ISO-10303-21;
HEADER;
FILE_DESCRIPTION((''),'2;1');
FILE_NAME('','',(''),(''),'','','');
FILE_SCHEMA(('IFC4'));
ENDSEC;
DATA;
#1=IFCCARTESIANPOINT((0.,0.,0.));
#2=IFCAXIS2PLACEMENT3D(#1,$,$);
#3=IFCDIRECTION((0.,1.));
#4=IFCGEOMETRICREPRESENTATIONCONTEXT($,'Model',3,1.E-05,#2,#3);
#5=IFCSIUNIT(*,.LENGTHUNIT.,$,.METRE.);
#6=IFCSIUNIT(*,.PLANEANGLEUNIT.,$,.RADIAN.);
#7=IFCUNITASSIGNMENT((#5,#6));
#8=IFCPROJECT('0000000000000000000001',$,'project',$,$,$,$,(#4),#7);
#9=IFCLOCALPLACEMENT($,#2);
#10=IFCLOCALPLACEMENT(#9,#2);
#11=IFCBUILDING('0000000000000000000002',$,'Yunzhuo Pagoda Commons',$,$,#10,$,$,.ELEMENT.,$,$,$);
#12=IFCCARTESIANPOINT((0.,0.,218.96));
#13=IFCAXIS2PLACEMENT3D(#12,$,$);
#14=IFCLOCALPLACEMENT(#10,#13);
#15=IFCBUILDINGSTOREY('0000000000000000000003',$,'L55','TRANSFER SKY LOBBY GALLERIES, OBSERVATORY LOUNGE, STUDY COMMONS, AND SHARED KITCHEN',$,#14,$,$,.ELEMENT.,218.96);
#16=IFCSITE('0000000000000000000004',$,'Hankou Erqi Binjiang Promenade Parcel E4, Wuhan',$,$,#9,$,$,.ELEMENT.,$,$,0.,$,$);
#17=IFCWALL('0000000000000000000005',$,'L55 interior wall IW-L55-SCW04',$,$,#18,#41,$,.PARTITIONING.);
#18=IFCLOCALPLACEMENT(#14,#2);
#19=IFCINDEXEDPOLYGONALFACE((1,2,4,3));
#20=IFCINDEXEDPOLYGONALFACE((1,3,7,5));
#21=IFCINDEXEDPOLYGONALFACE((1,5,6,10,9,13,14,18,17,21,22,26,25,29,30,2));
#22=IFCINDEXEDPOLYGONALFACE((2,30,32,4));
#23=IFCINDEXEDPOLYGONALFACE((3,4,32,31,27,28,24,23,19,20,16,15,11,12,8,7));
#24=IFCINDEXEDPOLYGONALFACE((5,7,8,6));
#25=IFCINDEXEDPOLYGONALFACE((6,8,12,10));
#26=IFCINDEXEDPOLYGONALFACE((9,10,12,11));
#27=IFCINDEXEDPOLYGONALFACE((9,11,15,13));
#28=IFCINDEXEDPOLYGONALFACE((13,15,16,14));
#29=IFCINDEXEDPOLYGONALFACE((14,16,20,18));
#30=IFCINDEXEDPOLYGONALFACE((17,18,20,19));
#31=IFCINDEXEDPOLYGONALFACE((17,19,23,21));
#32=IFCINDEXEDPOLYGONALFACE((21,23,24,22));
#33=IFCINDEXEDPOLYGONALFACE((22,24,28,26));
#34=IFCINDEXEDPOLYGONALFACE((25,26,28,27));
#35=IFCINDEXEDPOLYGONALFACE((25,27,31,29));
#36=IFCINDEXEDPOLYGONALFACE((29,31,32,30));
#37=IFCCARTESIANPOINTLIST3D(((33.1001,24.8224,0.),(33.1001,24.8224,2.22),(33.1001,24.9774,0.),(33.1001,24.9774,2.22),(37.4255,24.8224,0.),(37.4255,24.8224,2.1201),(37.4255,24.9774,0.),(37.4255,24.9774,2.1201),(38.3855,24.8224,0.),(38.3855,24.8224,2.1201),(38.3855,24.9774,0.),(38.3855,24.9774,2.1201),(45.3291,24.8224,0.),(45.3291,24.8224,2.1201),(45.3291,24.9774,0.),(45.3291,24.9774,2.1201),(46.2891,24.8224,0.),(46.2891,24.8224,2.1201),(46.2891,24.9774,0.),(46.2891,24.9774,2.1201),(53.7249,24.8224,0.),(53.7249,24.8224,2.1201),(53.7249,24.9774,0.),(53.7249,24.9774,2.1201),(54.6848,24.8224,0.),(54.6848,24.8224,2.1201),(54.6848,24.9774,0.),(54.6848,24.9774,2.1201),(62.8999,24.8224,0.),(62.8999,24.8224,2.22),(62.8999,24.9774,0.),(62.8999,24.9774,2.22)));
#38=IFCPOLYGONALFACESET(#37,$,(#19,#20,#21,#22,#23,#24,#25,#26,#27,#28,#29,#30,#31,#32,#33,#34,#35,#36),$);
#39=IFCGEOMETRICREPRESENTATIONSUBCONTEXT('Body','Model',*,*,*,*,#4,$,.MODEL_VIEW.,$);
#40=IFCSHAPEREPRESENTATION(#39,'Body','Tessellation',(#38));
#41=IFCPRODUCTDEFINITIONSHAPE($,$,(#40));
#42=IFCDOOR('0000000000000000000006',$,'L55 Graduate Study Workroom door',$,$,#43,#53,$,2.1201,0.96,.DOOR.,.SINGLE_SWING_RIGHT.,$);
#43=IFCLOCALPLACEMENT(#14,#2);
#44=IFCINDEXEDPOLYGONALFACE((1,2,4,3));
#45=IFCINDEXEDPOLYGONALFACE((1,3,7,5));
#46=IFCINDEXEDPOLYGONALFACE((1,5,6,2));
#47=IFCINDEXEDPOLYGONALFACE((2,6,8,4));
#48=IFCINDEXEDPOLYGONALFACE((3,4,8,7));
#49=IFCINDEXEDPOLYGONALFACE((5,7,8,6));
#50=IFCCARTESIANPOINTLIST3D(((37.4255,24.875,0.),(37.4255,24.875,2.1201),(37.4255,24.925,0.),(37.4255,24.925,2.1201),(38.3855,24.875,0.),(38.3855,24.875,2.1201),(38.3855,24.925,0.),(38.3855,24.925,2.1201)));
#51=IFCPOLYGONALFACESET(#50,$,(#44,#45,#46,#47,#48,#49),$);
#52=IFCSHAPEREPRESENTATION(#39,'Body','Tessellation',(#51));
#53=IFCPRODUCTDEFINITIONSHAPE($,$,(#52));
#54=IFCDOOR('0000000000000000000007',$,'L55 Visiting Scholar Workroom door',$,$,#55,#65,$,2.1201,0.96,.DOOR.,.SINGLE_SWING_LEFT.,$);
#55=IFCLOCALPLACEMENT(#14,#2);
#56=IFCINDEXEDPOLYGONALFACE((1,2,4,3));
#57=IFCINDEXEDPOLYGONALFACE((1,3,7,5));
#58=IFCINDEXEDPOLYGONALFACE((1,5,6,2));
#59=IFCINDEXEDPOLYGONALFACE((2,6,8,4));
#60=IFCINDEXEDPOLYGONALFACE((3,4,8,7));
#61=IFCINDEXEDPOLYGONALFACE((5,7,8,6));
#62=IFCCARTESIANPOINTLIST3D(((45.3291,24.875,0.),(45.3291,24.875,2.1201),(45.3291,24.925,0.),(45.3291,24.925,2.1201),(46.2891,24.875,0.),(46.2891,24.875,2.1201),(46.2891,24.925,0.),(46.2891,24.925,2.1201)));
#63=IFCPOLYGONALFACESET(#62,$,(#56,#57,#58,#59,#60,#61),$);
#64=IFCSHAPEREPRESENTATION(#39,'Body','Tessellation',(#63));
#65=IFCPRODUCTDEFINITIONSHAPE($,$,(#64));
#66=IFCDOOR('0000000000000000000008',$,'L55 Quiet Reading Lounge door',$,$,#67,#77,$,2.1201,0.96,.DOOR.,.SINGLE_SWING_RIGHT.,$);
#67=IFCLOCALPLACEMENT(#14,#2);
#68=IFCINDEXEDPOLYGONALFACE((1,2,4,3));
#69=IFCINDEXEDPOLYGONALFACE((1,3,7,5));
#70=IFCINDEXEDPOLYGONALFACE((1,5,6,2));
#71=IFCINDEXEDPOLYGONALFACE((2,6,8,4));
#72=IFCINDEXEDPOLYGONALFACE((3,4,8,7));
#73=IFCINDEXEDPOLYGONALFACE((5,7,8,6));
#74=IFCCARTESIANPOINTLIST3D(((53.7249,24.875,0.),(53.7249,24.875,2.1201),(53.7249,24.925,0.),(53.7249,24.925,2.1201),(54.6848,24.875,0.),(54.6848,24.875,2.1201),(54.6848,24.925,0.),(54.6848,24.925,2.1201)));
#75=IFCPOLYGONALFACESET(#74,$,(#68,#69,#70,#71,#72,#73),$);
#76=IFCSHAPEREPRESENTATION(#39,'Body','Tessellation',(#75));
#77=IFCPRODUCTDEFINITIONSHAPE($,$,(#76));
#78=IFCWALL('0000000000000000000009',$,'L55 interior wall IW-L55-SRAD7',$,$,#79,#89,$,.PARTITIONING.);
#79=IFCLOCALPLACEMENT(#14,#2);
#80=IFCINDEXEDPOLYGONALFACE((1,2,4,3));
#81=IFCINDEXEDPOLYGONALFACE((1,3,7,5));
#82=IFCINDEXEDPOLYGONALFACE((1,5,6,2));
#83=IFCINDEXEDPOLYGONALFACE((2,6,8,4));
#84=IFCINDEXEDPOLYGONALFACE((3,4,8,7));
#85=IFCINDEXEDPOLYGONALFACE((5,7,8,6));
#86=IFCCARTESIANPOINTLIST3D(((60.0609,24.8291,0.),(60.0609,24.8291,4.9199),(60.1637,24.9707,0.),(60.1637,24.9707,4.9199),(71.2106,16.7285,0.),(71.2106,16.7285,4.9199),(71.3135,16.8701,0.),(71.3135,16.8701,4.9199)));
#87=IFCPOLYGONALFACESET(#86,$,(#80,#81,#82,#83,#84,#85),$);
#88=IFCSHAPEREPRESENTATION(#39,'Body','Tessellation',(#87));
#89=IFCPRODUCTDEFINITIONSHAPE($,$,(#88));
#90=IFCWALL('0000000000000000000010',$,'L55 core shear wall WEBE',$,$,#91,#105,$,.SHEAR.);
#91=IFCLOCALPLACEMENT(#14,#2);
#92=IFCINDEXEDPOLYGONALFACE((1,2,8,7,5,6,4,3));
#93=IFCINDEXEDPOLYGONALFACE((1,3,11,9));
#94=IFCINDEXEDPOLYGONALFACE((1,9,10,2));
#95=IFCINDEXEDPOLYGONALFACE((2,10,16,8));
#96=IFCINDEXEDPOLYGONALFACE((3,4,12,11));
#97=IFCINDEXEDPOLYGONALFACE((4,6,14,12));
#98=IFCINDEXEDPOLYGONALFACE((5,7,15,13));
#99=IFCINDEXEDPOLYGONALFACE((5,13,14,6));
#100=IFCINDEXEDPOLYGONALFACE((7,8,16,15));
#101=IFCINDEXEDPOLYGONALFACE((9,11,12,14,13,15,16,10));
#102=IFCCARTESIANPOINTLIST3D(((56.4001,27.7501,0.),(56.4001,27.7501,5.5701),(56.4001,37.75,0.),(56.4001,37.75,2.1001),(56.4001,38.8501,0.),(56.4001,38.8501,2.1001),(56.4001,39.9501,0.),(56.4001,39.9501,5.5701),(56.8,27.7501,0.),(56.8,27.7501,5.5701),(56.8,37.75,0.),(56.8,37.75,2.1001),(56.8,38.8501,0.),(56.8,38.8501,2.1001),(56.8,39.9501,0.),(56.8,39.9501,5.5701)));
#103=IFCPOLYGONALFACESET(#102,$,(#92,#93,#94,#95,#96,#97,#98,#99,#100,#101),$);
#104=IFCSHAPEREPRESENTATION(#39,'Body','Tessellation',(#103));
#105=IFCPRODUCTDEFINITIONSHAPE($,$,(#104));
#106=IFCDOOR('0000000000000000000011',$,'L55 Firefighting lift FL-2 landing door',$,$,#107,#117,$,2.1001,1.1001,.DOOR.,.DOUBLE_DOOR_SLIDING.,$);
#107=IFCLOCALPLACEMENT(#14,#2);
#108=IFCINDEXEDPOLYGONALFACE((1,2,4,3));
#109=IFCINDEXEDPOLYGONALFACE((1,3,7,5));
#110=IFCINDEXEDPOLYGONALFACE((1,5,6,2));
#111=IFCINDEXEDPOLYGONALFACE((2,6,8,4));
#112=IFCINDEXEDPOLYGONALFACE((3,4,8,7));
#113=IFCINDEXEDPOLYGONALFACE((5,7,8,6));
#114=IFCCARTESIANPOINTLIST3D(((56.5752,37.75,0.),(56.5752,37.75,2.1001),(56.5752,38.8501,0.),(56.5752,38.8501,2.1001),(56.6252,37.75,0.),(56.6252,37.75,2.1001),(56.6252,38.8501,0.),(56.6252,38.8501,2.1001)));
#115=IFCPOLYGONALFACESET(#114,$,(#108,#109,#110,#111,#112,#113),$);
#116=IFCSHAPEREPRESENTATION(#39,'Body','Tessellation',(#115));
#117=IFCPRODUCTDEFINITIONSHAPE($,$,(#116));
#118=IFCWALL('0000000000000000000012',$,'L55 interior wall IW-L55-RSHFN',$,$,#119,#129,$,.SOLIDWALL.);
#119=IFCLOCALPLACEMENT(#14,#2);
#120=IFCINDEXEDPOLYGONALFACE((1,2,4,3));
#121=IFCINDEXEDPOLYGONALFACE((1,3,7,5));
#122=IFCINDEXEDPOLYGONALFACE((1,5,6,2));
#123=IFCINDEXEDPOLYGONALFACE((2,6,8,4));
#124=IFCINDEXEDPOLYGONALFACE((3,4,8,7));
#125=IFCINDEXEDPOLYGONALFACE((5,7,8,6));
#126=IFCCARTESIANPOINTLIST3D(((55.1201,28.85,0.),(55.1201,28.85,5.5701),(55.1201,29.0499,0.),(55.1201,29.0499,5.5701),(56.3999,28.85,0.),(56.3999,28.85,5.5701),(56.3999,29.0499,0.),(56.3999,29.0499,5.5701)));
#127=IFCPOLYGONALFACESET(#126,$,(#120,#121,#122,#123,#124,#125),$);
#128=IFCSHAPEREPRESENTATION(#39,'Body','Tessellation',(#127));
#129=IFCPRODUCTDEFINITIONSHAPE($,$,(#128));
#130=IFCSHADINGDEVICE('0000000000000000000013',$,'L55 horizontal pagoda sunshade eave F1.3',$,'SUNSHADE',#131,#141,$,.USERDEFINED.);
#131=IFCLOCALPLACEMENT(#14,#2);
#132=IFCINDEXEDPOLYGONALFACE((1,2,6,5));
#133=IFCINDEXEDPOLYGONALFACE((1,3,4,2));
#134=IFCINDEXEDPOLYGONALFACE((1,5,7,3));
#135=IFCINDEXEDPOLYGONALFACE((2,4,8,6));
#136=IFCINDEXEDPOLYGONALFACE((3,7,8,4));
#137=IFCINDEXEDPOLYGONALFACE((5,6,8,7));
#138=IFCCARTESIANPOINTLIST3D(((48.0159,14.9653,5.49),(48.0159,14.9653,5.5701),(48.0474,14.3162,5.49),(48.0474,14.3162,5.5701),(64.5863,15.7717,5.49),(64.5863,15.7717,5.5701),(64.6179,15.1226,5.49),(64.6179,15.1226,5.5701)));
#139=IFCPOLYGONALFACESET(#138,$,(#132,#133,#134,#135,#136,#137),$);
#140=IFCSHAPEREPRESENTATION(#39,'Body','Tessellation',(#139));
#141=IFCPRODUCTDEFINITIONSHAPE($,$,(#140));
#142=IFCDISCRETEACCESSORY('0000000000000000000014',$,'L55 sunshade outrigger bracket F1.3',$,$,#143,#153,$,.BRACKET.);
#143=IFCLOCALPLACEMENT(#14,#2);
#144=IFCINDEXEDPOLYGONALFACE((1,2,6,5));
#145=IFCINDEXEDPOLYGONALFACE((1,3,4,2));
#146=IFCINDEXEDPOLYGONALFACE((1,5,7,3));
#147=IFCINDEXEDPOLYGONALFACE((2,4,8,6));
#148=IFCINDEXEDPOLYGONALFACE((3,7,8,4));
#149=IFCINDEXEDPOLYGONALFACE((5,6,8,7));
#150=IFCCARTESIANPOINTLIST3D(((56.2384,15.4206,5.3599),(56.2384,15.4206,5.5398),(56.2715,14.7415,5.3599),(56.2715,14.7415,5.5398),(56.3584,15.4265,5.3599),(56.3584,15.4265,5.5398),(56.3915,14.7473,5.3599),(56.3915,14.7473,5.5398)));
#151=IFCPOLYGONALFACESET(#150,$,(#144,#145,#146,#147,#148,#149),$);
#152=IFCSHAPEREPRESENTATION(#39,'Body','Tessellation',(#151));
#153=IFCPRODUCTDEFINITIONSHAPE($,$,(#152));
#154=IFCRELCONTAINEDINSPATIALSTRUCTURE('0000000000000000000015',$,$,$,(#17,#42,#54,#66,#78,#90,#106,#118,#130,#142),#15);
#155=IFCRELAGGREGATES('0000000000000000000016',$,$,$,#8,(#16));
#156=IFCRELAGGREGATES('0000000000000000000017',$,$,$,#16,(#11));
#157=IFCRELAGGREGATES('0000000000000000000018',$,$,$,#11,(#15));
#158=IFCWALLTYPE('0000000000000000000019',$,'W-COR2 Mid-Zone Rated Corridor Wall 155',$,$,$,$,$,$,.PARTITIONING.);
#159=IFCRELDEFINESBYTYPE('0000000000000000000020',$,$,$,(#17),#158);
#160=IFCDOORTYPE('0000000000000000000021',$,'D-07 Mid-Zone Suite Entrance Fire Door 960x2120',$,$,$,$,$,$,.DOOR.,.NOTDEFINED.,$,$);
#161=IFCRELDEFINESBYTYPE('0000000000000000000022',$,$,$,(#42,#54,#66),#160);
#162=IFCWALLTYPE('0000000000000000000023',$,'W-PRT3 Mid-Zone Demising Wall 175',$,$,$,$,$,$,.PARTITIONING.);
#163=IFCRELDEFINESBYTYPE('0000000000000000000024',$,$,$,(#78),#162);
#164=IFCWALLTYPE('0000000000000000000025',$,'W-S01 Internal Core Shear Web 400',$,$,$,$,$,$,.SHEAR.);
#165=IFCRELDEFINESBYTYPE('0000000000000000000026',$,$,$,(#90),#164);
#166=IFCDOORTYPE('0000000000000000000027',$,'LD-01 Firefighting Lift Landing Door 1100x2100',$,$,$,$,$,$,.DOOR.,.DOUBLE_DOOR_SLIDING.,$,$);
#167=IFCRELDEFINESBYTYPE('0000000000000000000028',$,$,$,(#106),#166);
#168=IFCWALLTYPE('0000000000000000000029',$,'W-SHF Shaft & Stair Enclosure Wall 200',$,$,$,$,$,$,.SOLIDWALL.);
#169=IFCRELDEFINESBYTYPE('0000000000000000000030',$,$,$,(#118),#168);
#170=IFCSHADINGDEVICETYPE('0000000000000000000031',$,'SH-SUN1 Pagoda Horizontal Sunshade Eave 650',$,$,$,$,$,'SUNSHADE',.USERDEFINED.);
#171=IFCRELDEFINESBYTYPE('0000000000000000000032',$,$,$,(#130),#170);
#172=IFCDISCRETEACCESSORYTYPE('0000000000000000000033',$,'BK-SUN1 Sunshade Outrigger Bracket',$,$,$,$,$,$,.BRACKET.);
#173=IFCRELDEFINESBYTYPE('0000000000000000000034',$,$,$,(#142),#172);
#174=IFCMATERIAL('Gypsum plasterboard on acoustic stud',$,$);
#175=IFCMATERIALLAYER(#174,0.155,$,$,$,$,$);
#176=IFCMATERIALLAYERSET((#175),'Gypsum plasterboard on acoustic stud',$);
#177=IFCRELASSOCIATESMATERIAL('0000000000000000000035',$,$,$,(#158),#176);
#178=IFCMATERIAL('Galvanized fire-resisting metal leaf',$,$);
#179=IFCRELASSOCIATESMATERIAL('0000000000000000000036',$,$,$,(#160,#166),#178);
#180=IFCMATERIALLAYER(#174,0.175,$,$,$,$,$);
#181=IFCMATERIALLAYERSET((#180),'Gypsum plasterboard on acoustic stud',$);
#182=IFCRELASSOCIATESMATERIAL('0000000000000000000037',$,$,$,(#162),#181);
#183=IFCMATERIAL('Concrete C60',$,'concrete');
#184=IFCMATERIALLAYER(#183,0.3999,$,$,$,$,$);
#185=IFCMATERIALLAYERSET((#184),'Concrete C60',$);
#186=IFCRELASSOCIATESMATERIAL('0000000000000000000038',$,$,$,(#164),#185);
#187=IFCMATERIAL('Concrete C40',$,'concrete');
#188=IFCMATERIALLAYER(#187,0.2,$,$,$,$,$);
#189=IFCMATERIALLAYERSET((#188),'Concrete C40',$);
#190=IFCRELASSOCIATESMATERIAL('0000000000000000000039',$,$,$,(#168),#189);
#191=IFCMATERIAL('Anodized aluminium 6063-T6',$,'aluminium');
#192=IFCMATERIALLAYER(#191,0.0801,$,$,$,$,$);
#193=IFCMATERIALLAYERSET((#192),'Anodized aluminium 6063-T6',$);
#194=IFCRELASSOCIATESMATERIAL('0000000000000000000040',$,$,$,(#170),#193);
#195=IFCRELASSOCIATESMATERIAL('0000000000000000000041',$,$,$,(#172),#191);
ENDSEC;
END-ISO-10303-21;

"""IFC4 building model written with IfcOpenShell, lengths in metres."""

from ifc_helpers import new_model, si_unit, direction, frame, frame_2d, origin, origin_with_axes, origin_2d, place, context, subcontext, project, spatial, rectangle, extrude, source, transform, mapped, material, layer, layer_set, type_object, element, fill, save


model = new_model("IFC4")

# Units and contexts
model_context = context("Model", 3, precision=1e-05, world=origin(), true_north=direction((0.0, 1.0)))
body_context = subcontext(model_context, "Body", "Model", "MODEL_VIEW")
ifc_project = project(units=[si_unit("LENGTHUNIT", "METRE"), si_unit("PLANEANGLEUNIT", "RADIAN")], contexts=[model_context])

# Site, building, storey
site_placement = place(None, origin())
site = spatial("IfcSite", under=ifc_project, at=site_placement, Name="Hankou Erqi Binjiang Promenade Parcel E4, Wuhan", CompositionType="ELEMENT", RefElevation=0.0)
building_placement = place(site_placement, origin())
building = spatial("IfcBuilding", under=site, at=building_placement, Name="Yunzhuo Pagoda Commons", CompositionType="ELEMENT")
storey_placement = place(building_placement, frame((0.0, 0.0, 218.96)))
storey = spatial("IfcBuildingStorey", under=building, at=storey_placement, Name="L55", Description="TRANSFER SKY LOBBY GALLERIES, OBSERVATORY LOUNGE, STUDY COMMONS, AND SHARED KITCHEN", CompositionType="ELEMENT", Elevation=218.96)

# Shared definitions
ifc_material_1 = material(Name="Anodized aluminium 6063-T6", Category="aluminium")

# Wall, openings, doors
ifc_material_2 = material(Name="Gypsum plasterboard on acoustic stud")
ifc_layer_1 = layer(ifc_material_2, 0.155)
ifc_layer_set_1 = layer_set([ifc_layer_1], Name="Gypsum plasterboard on acoustic stud")
wall_type_1 = type_object("IfcWallType", Name="W-COR2 Mid-Zone Rated Corridor Wall 155", PredefinedType="PARTITIONING", material=ifc_layer_set_1)
wall_1_placement = place(storey_placement, frame((62.8999, 24.8999, 0.0), z_axis=(0.0, 0.0, 1.0), x_axis=(-1.0, 0.0, 0.0)))
wall_1 = element("IfcWall", 1, at=wall_1_placement, inside=storey, type_object=wall_type_1, Name="L55 interior wall IW-L55-SCW04", PredefinedType="PARTITIONING", context=body_context, shape_type="SweptSolid", body=[
    extrude(rectangle(XDim=29.7998, YDim=0.155, at=frame_2d((14.8999, 0.0))), origin(), (0.0, 0.0, 1.0), 2.22),
])
opening_1_placement = place(wall_1_placement, frame((24.5144, 0.0, 0.0)))
opening_1 = element("IfcOpeningElement", 2, at=opening_1_placement, cuts=wall_1, PredefinedType="OPENING", context=body_context, shape_type="SweptSolid", body=[
    extrude(rectangle(XDim=0.96, YDim=2.1201, at=frame_2d((0.48, 1.0601))), frame((0.0, 0.0874, 0.0), z_axis=(0.0, -1.0, 0.0), x_axis=(1.0, 0.0, 0.0)), (0.0, 0.0, 1.0), 0.175),
])
opening_2_placement = place(wall_1_placement, frame((16.6108, 0.0, 0.0)))
opening_2 = element("IfcOpeningElement", 3, at=opening_2_placement, cuts=wall_1, PredefinedType="OPENING", context=body_context, shape_type="SweptSolid", body=[
    extrude(rectangle(XDim=0.96, YDim=2.1201, at=frame_2d((0.48, 1.0601))), frame((0.0, 0.0874, 0.0), z_axis=(0.0, -1.0, 0.0), x_axis=(1.0, 0.0, 0.0)), (0.0, 0.0, 1.0), 0.175),
])
opening_3_placement = place(wall_1_placement, frame((8.2151, 0.0, 0.0)))
opening_3 = element("IfcOpeningElement", 4, at=opening_3_placement, cuts=wall_1, PredefinedType="OPENING", context=body_context, shape_type="SweptSolid", body=[
    extrude(rectangle(XDim=0.96, YDim=2.1201, at=frame_2d((0.48, 1.0601))), frame((0.0, 0.0874, 0.0), z_axis=(0.0, -1.0, 0.0), x_axis=(1.0, 0.0, 0.0)), (0.0, 0.0, 1.0), 0.175),
])
ifc_material_3 = material(Name="Galvanized fire-resisting metal leaf")
door_type_1 = type_object("IfcDoorType", Name="D-07 Mid-Zone Suite Entrance Fire Door 960x2120", OperationType="NOTDEFINED", PredefinedType="DOOR", material=ifc_material_3)
shared_shape_1 = source(origin(), body_context, "Body", "SweptSolid", [
    extrude(rectangle(XDim=0.96, YDim=2.1201, at=frame_2d((0.48, 1.0601))), frame((0.0, 0.0249, 0.0), z_axis=(0.0, -1.0, 0.0), x_axis=(1.0, 0.0, 0.0)), (0.0, 0.0, 1.0), 0.05),
])
door_1_placement = place(opening_1_placement, origin_with_axes())
door_1 = element("IfcDoor", 5, at=door_1_placement, inside=storey, type_object=door_type_1, Name="L55 Graduate Study Workroom door", OperationType="SINGLE_SWING_RIGHT", OverallHeight=2.1201, OverallWidth=0.96, PredefinedType="DOOR", context=body_context, shape_type="MappedRepresentation", body=[
    mapped(shared_shape_1, transform((0.0, 0.0, 0.0), scale=1.0)),
])
fill(opening_1, door_1)
door_2_placement = place(opening_2_placement, origin_with_axes())
door_2 = element("IfcDoor", 6, at=door_2_placement, inside=storey, type_object=door_type_1, Name="L55 Visiting Scholar Workroom door", OperationType="SINGLE_SWING_LEFT", OverallHeight=2.1201, OverallWidth=0.96, PredefinedType="DOOR", context=body_context, shape_type="MappedRepresentation", body=[
    mapped(shared_shape_1, transform((0.0, 0.0, 0.0), scale=1.0)),
])
fill(opening_2, door_2)
door_3_placement = place(opening_3_placement, origin_with_axes())
door_3 = element("IfcDoor", 7, at=door_3_placement, inside=storey, type_object=door_type_1, Name="L55 Quiet Reading Lounge door", OperationType="SINGLE_SWING_RIGHT", OverallHeight=2.1201, OverallWidth=0.96, PredefinedType="DOOR", context=body_context, shape_type="MappedRepresentation", body=[
    mapped(shared_shape_1, transform((0.0, 0.0, 0.0), scale=1.0)),
])
fill(opening_3, door_3)

# Wall
ifc_layer_2 = layer(ifc_material_2, 0.175)
ifc_layer_set_2 = layer_set([ifc_layer_2], Name="Gypsum plasterboard on acoustic stud")
wall_type_2 = type_object("IfcWallType", Name="W-PRT3 Mid-Zone Demising Wall 175", PredefinedType="PARTITIONING", material=ifc_layer_set_2)
wall_2_placement = place(storey_placement, frame((60.1123, 24.8999, 0.0), z_axis=(0.0, 0.0, 1.0), x_axis=(0.809021, -0.58778, 0.0)))
element("IfcWall", 8, at=wall_2_placement, inside=storey, type_object=wall_type_2, Name="L55 interior wall IW-L55-SRAD7", PredefinedType="PARTITIONING", context=body_context, shape_type="SweptSolid", body=[
    extrude(rectangle(XDim=13.7817, YDim=0.175, at=frame_2d((6.8909, 0.0))), origin(), (0.0, 0.0, 1.0), 4.9199),
])

# Wall, opening, door
ifc_material_4 = material(Name="Concrete C60", Category="concrete")
ifc_layer_3 = layer(ifc_material_4, 0.3999)
ifc_layer_set_3 = layer_set([ifc_layer_3], Name="Concrete C60")
wall_type_3 = type_object("IfcWallType", Name="W-S01 Internal Core Shear Web 400", PredefinedType="SHEAR", material=ifc_layer_set_3)
wall_3_placement = place(storey_placement, frame((56.6001, 27.75, 0.0), z_axis=(0.0, 0.0, 1.0), x_axis=(0.0, 1.0, 0.0)))
wall_3 = element("IfcWall", 9, at=wall_3_placement, inside=storey, type_object=wall_type_3, Name="L55 core shear wall WEBE", PredefinedType="SHEAR", context=body_context, shape_type="SweptSolid", body=[
    extrude(rectangle(XDim=12.2, YDim=0.3999, at=frame_2d((6.1001, 0.0))), origin(), (0.0, 0.0, 1.0), 5.5701),
])
opening_4_placement = place(wall_3_placement, frame((10.0, 0.0, 0.0)))
opening_4 = element("IfcOpeningElement", 10, at=opening_4_placement, cuts=wall_3, PredefinedType="OPENING", context=body_context, shape_type="SweptSolid", body=[
    extrude(rectangle(XDim=1.1001, YDim=2.1001, at=frame_2d((0.55, 1.05))), frame((0.0, 0.21, 0.0), z_axis=(0.0, -1.0, 0.0), x_axis=(1.0, 0.0, 0.0)), (0.0, 0.0, 1.0), 0.4199),
])
door_type_2 = type_object("IfcDoorType", Name="LD-01 Firefighting Lift Landing Door 1100x2100", OperationType="DOUBLE_DOOR_SLIDING", PredefinedType="DOOR", material=ifc_material_3)
shared_shape_2 = source(origin(), body_context, "Body", "SweptSolid", [
    extrude(rectangle(XDim=1.1001, YDim=2.1001, at=frame_2d((0.55, 1.05))), frame((0.0, 0.0249, 0.0), z_axis=(0.0, -1.0, 0.0), x_axis=(1.0, 0.0, 0.0)), (0.0, 0.0, 1.0), 0.05),
])
door_4_placement = place(opening_4_placement, origin_with_axes())
door_4 = element("IfcDoor", 11, at=door_4_placement, inside=storey, type_object=door_type_2, Name="L55 Firefighting lift FL-2 landing door", OperationType="DOUBLE_DOOR_SLIDING", OverallHeight=2.1001, OverallWidth=1.1001, PredefinedType="DOOR", context=body_context, shape_type="MappedRepresentation", body=[
    mapped(shared_shape_2, transform((0.0, 0.0, 0.0), scale=1.0)),
])
fill(opening_4, door_4)

# Wall
ifc_material_5 = material(Name="Concrete C40", Category="concrete")
ifc_layer_4 = layer(ifc_material_5, 0.2)
ifc_layer_set_4 = layer_set([ifc_layer_4], Name="Concrete C40")
wall_type_4 = type_object("IfcWallType", Name="W-SHF Shaft & Stair Enclosure Wall 200", PredefinedType="SOLIDWALL", material=ifc_layer_set_4)
wall_4_placement = place(storey_placement, frame((55.1201, 28.95, 0.0), z_axis=(0.0, 0.0, 1.0), x_axis=(1.0, 0.0, 0.0)))
element("IfcWall", 12, at=wall_4_placement, inside=storey, type_object=wall_type_4, Name="L55 interior wall IW-L55-RSHFN", PredefinedType="SOLIDWALL", context=body_context, shape_type="SweptSolid", body=[
    extrude(rectangle(XDim=1.2798, YDim=0.2, at=frame_2d((0.6399, 0.0))), origin(), (0.0, 0.0, 1.0), 5.5701),
])

# Shading device
ifc_layer_5 = layer(ifc_material_1, 0.0801)
ifc_layer_set_5 = layer_set([ifc_layer_5], Name="Anodized aluminium 6063-T6")
shading_device_type = type_object("IfcShadingDeviceType", Name="SH-SUN1 Pagoda Horizontal Sunshade Eave 650", ElementType="SUNSHADE", PredefinedType="USERDEFINED", material=ifc_layer_set_5)
shared_shape_3 = source(origin(), body_context, "Body", "SweptSolid", [
    extrude(rectangle(XDim=16.5901, YDim=0.6499, at=origin_2d()), origin(), (0.0, 0.0, 1.0), 0.0801),
])
shading_device_placement = place(storey_placement, frame((56.3169, 15.0439, 5.49), z_axis=(0.0, 0.0, 1.0), x_axis=(0.998818, 0.048606, 0.0)))
element("IfcShadingDevice", 13, at=shading_device_placement, inside=storey, type_object=shading_device_type, Name="L55 horizontal pagoda sunshade eave F1.3", ObjectType="SUNSHADE", PredefinedType="USERDEFINED", context=body_context, shape_type="MappedRepresentation", body=[
    mapped(shared_shape_3, transform((0.0, 0.0, 0.0), scale=1.0)),
])

# Discrete accessory
discrete_accessory_type = type_object("IfcDiscreteAccessoryType", Name="BK-SUN1 Sunshade Outrigger Bracket", PredefinedType="BRACKET", material=ifc_material_1)
shared_shape_4 = source(origin(), body_context, "Body", "SweptSolid", [
    extrude(rectangle(XDim=0.1201, YDim=0.6799, at=origin_2d()), origin(), (0.0, 0.0, 1.0), 0.1799),
])
discrete_accessory_placement = place(storey_placement, frame((56.3149, 15.084, 5.3599), z_axis=(0.0, 0.0, 1.0), x_axis=(0.998818, 0.048606, 0.0)))
element("IfcDiscreteAccessory", 14, at=discrete_accessory_placement, inside=storey, type_object=discrete_accessory_type, Name="L55 sunshade outrigger bracket F1.3", PredefinedType="BRACKET", context=body_context, shape_type="MappedRepresentation", body=[
    mapped(shared_shape_4, transform((0.0, 0.0, 0.0), scale=1.0)),
])

save(model, "model.ifc")
